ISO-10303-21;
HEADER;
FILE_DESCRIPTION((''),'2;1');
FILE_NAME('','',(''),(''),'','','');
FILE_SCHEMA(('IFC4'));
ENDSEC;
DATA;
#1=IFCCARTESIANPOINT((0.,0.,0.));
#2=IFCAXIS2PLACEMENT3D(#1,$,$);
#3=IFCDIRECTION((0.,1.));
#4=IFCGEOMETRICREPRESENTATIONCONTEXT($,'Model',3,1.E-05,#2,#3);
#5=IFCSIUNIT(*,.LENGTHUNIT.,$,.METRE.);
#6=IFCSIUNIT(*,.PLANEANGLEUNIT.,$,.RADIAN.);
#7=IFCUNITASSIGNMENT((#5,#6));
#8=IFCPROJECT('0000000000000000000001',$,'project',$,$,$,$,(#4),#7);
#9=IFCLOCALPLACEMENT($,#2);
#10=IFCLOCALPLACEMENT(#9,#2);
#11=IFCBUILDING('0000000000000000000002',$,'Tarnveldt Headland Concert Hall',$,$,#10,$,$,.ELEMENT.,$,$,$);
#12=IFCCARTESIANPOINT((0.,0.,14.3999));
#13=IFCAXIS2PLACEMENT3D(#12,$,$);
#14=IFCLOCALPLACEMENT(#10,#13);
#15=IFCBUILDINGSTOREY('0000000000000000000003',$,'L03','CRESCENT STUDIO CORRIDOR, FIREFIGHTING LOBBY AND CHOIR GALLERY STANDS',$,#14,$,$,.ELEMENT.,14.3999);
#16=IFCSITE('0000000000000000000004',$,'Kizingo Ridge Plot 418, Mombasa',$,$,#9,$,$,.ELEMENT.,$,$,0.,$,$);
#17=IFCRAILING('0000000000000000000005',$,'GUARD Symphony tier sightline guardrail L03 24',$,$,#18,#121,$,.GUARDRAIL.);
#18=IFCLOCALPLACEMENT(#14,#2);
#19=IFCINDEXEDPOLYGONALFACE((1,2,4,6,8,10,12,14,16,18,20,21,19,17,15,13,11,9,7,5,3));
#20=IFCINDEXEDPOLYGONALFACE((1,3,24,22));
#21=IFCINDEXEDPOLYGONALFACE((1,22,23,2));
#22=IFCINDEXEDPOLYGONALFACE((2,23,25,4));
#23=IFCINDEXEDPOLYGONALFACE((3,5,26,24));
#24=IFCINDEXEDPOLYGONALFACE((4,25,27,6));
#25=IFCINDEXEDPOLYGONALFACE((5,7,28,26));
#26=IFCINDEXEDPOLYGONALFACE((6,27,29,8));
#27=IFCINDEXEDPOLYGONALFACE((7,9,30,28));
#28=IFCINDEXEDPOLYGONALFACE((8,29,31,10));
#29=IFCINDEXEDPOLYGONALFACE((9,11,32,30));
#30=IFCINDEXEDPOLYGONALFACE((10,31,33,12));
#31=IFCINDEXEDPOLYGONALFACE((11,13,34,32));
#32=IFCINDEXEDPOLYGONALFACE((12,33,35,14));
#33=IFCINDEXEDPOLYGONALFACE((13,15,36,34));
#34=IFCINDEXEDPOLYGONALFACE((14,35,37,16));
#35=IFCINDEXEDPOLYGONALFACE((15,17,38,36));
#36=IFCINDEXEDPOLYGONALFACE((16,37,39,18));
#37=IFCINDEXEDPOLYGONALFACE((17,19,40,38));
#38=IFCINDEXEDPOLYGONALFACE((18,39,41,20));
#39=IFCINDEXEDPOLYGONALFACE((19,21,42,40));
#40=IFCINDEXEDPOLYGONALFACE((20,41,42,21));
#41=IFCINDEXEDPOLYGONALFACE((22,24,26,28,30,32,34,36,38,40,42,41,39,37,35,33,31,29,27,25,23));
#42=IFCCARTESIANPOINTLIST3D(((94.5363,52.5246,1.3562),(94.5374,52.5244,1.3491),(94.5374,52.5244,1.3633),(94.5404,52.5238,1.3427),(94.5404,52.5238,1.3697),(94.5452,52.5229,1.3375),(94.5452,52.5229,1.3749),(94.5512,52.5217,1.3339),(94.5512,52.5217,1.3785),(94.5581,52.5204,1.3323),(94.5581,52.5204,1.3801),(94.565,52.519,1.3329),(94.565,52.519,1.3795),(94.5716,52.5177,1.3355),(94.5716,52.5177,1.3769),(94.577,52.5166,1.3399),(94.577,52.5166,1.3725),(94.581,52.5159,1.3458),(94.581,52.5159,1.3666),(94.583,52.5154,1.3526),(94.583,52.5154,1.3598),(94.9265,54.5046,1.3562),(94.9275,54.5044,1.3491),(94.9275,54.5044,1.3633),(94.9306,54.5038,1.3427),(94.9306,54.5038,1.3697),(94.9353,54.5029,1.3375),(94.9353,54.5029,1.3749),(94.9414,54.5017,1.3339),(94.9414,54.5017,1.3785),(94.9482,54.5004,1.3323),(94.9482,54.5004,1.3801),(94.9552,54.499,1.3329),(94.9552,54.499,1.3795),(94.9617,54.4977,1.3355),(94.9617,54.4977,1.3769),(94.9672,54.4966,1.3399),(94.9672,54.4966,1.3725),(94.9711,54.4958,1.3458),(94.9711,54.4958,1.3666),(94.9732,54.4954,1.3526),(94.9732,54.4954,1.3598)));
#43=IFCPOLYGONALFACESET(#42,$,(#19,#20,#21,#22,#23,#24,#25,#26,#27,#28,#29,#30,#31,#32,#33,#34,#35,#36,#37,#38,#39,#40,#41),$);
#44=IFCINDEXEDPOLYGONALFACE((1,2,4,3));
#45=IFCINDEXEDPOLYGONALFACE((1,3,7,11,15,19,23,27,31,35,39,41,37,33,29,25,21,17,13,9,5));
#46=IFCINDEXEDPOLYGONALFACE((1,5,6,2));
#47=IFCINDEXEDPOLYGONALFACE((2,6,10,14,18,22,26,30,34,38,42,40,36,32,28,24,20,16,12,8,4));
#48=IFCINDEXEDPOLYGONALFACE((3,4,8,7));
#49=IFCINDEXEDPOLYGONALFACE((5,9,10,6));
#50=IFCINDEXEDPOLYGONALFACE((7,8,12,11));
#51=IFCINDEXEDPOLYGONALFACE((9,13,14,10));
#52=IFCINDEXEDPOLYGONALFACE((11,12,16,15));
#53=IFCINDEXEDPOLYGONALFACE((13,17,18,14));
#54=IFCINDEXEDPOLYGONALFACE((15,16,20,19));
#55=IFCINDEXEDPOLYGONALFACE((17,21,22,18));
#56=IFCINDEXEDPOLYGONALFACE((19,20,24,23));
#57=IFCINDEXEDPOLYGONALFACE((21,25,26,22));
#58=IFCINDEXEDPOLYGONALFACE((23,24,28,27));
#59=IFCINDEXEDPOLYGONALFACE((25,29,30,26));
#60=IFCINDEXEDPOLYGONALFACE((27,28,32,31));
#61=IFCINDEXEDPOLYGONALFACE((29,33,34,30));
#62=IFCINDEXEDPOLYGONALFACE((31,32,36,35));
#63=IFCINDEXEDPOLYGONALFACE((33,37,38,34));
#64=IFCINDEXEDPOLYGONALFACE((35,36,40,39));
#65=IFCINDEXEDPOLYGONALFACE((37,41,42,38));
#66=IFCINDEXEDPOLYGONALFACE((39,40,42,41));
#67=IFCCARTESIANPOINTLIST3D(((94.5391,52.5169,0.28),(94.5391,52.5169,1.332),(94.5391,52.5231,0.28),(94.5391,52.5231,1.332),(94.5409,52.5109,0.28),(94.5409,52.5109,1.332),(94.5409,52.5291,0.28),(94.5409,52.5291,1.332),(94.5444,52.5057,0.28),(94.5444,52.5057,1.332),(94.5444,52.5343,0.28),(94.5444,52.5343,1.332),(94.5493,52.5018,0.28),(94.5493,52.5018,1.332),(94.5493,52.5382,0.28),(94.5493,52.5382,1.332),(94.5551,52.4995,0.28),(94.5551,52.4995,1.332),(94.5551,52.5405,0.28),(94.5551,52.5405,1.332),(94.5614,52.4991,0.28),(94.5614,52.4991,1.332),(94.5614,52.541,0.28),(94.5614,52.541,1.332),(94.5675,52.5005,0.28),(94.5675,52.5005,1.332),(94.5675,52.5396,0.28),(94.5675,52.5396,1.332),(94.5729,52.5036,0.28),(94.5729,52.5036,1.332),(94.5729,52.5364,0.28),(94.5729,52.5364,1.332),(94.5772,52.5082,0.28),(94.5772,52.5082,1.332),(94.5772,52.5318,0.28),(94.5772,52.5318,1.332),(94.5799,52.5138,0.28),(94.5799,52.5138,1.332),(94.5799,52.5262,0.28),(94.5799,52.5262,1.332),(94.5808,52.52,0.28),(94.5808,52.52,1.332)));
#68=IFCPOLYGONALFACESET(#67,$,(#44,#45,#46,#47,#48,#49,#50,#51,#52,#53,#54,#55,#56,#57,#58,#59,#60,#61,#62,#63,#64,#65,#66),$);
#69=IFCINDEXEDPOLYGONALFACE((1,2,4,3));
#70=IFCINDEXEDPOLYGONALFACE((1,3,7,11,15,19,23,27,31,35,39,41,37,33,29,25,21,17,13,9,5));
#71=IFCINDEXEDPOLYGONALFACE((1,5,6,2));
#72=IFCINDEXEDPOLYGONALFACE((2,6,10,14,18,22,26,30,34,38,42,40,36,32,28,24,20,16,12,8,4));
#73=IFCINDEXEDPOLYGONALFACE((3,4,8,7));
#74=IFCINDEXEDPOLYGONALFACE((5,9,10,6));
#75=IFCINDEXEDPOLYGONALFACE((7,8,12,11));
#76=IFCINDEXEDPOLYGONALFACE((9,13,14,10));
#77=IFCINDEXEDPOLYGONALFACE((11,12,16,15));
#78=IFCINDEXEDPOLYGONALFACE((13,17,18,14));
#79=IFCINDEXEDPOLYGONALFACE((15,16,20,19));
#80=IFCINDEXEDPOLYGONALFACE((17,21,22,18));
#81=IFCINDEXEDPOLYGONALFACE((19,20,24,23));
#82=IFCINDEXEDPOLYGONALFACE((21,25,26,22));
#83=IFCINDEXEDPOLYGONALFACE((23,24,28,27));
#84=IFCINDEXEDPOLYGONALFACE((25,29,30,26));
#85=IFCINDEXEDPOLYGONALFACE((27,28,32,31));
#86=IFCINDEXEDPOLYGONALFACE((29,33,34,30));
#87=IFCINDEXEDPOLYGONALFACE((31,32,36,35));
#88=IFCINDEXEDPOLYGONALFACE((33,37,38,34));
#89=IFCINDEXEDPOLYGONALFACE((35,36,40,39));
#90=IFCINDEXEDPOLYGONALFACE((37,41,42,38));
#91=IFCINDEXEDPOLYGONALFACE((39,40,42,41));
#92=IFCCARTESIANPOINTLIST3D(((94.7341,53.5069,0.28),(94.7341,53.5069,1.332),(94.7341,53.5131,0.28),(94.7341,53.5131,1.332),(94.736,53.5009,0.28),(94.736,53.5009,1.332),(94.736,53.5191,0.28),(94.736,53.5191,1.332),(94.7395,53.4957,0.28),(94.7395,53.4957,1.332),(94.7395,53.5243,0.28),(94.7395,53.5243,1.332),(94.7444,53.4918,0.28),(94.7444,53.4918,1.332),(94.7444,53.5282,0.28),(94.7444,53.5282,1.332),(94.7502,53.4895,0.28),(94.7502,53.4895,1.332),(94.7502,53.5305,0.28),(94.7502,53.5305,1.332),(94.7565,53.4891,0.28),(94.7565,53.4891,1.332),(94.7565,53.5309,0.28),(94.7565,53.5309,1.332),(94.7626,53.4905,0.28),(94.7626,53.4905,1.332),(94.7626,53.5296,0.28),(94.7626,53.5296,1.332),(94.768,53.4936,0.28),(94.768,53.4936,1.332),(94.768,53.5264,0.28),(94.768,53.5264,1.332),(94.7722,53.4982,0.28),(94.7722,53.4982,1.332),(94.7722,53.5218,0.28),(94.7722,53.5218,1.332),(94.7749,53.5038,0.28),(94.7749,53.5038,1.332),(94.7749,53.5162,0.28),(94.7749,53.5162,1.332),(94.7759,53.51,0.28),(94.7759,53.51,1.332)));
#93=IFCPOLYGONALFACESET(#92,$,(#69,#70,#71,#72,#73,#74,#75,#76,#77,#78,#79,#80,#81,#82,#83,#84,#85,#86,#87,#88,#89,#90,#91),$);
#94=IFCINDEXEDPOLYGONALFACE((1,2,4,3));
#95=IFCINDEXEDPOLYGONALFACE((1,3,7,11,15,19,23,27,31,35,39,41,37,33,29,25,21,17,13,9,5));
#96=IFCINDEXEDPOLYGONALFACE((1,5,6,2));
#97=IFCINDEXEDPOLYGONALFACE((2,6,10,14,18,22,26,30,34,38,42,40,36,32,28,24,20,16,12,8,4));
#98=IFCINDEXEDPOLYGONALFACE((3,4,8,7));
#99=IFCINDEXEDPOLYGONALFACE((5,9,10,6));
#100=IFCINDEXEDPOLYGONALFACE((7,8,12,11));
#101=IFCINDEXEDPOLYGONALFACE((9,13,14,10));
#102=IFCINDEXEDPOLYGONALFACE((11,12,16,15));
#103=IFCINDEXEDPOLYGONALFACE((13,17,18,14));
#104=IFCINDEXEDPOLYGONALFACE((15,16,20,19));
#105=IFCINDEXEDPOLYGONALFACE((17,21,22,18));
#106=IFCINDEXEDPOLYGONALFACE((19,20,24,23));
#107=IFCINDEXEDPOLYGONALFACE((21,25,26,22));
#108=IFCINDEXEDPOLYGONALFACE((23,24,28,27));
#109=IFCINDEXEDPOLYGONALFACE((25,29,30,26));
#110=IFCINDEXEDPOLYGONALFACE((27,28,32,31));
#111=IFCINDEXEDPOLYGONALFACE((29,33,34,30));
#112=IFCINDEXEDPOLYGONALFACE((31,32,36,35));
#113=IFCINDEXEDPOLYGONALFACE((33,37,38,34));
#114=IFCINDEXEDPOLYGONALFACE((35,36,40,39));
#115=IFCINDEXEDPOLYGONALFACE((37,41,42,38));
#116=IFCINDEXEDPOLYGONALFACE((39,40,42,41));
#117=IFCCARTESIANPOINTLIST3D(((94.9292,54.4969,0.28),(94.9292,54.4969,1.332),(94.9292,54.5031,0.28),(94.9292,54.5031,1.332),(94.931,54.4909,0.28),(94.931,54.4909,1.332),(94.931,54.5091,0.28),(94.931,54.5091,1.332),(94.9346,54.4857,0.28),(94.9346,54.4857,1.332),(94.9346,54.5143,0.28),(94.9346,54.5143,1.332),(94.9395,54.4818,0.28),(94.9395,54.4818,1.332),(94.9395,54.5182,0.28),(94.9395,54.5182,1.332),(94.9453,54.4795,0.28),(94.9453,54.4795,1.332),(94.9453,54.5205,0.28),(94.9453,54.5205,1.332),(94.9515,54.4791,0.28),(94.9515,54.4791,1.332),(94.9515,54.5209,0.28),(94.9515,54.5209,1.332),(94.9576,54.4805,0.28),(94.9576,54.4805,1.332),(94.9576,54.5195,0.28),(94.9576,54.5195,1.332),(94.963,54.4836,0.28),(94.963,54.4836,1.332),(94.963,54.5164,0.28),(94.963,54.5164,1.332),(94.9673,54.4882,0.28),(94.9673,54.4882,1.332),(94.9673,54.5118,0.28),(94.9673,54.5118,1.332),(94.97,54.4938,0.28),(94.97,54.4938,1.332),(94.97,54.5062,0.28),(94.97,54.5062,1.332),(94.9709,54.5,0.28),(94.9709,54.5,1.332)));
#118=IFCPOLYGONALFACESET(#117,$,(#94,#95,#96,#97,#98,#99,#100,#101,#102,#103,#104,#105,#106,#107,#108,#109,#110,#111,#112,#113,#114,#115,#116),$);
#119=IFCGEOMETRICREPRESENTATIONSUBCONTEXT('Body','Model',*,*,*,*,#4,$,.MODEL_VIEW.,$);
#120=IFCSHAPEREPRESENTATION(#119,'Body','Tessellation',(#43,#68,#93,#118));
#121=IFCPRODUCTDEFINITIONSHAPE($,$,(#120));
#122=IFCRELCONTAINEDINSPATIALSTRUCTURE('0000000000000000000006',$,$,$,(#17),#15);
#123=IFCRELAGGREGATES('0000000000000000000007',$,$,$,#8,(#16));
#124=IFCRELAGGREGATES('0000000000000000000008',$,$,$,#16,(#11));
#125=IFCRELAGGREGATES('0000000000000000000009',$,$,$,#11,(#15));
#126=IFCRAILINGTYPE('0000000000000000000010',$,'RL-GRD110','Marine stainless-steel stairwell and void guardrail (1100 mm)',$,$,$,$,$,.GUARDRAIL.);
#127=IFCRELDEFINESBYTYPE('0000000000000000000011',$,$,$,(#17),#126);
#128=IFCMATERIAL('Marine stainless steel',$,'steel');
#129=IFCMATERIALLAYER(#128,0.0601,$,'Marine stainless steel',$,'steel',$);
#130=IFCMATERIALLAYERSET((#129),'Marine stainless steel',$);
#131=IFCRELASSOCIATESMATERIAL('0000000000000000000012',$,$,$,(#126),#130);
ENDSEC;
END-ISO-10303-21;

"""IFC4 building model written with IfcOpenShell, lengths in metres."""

from ifc_helpers import new_model, si_unit, direction, frame, origin, origin_2d, place, context, subcontext, project, spatial, circle, extrude, material, layer, layer_set, type_object, element, save


model = new_model("IFC4")

# Units and contexts
model_context = context("Model", 3, precision=1e-05, world=origin(), true_north=direction((0.0, 1.0)))
body_context = subcontext(model_context, "Body", "Model", "MODEL_VIEW")
ifc_project = project(units=[si_unit("LENGTHUNIT", "METRE"), si_unit("PLANEANGLEUNIT", "RADIAN")], contexts=[model_context])

# Site, building, storey
site_placement = place(None, origin())
site = spatial("IfcSite", under=ifc_project, at=site_placement, Name="Kizingo Ridge Plot 418, Mombasa", CompositionType="ELEMENT", RefElevation=0.0)
building_placement = place(site_placement, origin())
building = spatial("IfcBuilding", under=site, at=building_placement, Name="Tarnveldt Headland Concert Hall", CompositionType="ELEMENT")
storey_placement = place(building_placement, frame((0.0, 0.0, 14.3999)))
storey = spatial("IfcBuildingStorey", under=building, at=storey_placement, Name="L03", Description="CRESCENT STUDIO CORRIDOR, FIREFIGHTING LOBBY AND CHOIR GALLERY STANDS", CompositionType="ELEMENT", Elevation=14.3999)

# Railing
ifc_material_1 = material(Name="Marine stainless steel", Category="steel")
ifc_layer_1 = layer(ifc_material_1, 0.0601, Name="Marine stainless steel", Category="steel")
ifc_layer_set_1 = layer_set([ifc_layer_1], Name="Marine stainless steel")
railing_type = type_object("IfcRailingType", Name="RL-GRD110", Description="Marine stainless-steel stairwell and void guardrail (1100 mm)", PredefinedType="GUARDRAIL", material=ifc_layer_set_1)
railing_1_placement = place(storey_placement, frame((94.5598, 52.52, 0.28)))
element("IfcRailing", 1, at=railing_1_placement, inside=storey, type_object=railing_type, Name="GUARD Symphony tier sightline guardrail L03 24", PredefinedType="GUARDRAIL", context=body_context, shape_type="SweptSolid", body=[
    extrude(circle(Radius=0.0239, at=origin_2d()), frame((0.0, 0.0, 1.0762), z_axis=(0.193324, 0.981135, 0.0), x_axis=(-0.981135, 0.193324, 0.0)), (0.0, 0.0, 1.0), 2.0181),
    extrude(circle(Radius=0.021, at=origin_2d()), origin(), (0.0, 0.0, 1.0), 1.052),
    extrude(circle(Radius=0.021, at=origin_2d()), frame((0.1951, 0.99, 0.0)), (0.0, 0.0, 1.0), 1.052),
    extrude(circle(Radius=0.021, at=origin_2d()), frame((0.3901, 1.98, 0.0)), (0.0, 0.0, 1.0), 1.052),
])

save(model, "model.ifc")
